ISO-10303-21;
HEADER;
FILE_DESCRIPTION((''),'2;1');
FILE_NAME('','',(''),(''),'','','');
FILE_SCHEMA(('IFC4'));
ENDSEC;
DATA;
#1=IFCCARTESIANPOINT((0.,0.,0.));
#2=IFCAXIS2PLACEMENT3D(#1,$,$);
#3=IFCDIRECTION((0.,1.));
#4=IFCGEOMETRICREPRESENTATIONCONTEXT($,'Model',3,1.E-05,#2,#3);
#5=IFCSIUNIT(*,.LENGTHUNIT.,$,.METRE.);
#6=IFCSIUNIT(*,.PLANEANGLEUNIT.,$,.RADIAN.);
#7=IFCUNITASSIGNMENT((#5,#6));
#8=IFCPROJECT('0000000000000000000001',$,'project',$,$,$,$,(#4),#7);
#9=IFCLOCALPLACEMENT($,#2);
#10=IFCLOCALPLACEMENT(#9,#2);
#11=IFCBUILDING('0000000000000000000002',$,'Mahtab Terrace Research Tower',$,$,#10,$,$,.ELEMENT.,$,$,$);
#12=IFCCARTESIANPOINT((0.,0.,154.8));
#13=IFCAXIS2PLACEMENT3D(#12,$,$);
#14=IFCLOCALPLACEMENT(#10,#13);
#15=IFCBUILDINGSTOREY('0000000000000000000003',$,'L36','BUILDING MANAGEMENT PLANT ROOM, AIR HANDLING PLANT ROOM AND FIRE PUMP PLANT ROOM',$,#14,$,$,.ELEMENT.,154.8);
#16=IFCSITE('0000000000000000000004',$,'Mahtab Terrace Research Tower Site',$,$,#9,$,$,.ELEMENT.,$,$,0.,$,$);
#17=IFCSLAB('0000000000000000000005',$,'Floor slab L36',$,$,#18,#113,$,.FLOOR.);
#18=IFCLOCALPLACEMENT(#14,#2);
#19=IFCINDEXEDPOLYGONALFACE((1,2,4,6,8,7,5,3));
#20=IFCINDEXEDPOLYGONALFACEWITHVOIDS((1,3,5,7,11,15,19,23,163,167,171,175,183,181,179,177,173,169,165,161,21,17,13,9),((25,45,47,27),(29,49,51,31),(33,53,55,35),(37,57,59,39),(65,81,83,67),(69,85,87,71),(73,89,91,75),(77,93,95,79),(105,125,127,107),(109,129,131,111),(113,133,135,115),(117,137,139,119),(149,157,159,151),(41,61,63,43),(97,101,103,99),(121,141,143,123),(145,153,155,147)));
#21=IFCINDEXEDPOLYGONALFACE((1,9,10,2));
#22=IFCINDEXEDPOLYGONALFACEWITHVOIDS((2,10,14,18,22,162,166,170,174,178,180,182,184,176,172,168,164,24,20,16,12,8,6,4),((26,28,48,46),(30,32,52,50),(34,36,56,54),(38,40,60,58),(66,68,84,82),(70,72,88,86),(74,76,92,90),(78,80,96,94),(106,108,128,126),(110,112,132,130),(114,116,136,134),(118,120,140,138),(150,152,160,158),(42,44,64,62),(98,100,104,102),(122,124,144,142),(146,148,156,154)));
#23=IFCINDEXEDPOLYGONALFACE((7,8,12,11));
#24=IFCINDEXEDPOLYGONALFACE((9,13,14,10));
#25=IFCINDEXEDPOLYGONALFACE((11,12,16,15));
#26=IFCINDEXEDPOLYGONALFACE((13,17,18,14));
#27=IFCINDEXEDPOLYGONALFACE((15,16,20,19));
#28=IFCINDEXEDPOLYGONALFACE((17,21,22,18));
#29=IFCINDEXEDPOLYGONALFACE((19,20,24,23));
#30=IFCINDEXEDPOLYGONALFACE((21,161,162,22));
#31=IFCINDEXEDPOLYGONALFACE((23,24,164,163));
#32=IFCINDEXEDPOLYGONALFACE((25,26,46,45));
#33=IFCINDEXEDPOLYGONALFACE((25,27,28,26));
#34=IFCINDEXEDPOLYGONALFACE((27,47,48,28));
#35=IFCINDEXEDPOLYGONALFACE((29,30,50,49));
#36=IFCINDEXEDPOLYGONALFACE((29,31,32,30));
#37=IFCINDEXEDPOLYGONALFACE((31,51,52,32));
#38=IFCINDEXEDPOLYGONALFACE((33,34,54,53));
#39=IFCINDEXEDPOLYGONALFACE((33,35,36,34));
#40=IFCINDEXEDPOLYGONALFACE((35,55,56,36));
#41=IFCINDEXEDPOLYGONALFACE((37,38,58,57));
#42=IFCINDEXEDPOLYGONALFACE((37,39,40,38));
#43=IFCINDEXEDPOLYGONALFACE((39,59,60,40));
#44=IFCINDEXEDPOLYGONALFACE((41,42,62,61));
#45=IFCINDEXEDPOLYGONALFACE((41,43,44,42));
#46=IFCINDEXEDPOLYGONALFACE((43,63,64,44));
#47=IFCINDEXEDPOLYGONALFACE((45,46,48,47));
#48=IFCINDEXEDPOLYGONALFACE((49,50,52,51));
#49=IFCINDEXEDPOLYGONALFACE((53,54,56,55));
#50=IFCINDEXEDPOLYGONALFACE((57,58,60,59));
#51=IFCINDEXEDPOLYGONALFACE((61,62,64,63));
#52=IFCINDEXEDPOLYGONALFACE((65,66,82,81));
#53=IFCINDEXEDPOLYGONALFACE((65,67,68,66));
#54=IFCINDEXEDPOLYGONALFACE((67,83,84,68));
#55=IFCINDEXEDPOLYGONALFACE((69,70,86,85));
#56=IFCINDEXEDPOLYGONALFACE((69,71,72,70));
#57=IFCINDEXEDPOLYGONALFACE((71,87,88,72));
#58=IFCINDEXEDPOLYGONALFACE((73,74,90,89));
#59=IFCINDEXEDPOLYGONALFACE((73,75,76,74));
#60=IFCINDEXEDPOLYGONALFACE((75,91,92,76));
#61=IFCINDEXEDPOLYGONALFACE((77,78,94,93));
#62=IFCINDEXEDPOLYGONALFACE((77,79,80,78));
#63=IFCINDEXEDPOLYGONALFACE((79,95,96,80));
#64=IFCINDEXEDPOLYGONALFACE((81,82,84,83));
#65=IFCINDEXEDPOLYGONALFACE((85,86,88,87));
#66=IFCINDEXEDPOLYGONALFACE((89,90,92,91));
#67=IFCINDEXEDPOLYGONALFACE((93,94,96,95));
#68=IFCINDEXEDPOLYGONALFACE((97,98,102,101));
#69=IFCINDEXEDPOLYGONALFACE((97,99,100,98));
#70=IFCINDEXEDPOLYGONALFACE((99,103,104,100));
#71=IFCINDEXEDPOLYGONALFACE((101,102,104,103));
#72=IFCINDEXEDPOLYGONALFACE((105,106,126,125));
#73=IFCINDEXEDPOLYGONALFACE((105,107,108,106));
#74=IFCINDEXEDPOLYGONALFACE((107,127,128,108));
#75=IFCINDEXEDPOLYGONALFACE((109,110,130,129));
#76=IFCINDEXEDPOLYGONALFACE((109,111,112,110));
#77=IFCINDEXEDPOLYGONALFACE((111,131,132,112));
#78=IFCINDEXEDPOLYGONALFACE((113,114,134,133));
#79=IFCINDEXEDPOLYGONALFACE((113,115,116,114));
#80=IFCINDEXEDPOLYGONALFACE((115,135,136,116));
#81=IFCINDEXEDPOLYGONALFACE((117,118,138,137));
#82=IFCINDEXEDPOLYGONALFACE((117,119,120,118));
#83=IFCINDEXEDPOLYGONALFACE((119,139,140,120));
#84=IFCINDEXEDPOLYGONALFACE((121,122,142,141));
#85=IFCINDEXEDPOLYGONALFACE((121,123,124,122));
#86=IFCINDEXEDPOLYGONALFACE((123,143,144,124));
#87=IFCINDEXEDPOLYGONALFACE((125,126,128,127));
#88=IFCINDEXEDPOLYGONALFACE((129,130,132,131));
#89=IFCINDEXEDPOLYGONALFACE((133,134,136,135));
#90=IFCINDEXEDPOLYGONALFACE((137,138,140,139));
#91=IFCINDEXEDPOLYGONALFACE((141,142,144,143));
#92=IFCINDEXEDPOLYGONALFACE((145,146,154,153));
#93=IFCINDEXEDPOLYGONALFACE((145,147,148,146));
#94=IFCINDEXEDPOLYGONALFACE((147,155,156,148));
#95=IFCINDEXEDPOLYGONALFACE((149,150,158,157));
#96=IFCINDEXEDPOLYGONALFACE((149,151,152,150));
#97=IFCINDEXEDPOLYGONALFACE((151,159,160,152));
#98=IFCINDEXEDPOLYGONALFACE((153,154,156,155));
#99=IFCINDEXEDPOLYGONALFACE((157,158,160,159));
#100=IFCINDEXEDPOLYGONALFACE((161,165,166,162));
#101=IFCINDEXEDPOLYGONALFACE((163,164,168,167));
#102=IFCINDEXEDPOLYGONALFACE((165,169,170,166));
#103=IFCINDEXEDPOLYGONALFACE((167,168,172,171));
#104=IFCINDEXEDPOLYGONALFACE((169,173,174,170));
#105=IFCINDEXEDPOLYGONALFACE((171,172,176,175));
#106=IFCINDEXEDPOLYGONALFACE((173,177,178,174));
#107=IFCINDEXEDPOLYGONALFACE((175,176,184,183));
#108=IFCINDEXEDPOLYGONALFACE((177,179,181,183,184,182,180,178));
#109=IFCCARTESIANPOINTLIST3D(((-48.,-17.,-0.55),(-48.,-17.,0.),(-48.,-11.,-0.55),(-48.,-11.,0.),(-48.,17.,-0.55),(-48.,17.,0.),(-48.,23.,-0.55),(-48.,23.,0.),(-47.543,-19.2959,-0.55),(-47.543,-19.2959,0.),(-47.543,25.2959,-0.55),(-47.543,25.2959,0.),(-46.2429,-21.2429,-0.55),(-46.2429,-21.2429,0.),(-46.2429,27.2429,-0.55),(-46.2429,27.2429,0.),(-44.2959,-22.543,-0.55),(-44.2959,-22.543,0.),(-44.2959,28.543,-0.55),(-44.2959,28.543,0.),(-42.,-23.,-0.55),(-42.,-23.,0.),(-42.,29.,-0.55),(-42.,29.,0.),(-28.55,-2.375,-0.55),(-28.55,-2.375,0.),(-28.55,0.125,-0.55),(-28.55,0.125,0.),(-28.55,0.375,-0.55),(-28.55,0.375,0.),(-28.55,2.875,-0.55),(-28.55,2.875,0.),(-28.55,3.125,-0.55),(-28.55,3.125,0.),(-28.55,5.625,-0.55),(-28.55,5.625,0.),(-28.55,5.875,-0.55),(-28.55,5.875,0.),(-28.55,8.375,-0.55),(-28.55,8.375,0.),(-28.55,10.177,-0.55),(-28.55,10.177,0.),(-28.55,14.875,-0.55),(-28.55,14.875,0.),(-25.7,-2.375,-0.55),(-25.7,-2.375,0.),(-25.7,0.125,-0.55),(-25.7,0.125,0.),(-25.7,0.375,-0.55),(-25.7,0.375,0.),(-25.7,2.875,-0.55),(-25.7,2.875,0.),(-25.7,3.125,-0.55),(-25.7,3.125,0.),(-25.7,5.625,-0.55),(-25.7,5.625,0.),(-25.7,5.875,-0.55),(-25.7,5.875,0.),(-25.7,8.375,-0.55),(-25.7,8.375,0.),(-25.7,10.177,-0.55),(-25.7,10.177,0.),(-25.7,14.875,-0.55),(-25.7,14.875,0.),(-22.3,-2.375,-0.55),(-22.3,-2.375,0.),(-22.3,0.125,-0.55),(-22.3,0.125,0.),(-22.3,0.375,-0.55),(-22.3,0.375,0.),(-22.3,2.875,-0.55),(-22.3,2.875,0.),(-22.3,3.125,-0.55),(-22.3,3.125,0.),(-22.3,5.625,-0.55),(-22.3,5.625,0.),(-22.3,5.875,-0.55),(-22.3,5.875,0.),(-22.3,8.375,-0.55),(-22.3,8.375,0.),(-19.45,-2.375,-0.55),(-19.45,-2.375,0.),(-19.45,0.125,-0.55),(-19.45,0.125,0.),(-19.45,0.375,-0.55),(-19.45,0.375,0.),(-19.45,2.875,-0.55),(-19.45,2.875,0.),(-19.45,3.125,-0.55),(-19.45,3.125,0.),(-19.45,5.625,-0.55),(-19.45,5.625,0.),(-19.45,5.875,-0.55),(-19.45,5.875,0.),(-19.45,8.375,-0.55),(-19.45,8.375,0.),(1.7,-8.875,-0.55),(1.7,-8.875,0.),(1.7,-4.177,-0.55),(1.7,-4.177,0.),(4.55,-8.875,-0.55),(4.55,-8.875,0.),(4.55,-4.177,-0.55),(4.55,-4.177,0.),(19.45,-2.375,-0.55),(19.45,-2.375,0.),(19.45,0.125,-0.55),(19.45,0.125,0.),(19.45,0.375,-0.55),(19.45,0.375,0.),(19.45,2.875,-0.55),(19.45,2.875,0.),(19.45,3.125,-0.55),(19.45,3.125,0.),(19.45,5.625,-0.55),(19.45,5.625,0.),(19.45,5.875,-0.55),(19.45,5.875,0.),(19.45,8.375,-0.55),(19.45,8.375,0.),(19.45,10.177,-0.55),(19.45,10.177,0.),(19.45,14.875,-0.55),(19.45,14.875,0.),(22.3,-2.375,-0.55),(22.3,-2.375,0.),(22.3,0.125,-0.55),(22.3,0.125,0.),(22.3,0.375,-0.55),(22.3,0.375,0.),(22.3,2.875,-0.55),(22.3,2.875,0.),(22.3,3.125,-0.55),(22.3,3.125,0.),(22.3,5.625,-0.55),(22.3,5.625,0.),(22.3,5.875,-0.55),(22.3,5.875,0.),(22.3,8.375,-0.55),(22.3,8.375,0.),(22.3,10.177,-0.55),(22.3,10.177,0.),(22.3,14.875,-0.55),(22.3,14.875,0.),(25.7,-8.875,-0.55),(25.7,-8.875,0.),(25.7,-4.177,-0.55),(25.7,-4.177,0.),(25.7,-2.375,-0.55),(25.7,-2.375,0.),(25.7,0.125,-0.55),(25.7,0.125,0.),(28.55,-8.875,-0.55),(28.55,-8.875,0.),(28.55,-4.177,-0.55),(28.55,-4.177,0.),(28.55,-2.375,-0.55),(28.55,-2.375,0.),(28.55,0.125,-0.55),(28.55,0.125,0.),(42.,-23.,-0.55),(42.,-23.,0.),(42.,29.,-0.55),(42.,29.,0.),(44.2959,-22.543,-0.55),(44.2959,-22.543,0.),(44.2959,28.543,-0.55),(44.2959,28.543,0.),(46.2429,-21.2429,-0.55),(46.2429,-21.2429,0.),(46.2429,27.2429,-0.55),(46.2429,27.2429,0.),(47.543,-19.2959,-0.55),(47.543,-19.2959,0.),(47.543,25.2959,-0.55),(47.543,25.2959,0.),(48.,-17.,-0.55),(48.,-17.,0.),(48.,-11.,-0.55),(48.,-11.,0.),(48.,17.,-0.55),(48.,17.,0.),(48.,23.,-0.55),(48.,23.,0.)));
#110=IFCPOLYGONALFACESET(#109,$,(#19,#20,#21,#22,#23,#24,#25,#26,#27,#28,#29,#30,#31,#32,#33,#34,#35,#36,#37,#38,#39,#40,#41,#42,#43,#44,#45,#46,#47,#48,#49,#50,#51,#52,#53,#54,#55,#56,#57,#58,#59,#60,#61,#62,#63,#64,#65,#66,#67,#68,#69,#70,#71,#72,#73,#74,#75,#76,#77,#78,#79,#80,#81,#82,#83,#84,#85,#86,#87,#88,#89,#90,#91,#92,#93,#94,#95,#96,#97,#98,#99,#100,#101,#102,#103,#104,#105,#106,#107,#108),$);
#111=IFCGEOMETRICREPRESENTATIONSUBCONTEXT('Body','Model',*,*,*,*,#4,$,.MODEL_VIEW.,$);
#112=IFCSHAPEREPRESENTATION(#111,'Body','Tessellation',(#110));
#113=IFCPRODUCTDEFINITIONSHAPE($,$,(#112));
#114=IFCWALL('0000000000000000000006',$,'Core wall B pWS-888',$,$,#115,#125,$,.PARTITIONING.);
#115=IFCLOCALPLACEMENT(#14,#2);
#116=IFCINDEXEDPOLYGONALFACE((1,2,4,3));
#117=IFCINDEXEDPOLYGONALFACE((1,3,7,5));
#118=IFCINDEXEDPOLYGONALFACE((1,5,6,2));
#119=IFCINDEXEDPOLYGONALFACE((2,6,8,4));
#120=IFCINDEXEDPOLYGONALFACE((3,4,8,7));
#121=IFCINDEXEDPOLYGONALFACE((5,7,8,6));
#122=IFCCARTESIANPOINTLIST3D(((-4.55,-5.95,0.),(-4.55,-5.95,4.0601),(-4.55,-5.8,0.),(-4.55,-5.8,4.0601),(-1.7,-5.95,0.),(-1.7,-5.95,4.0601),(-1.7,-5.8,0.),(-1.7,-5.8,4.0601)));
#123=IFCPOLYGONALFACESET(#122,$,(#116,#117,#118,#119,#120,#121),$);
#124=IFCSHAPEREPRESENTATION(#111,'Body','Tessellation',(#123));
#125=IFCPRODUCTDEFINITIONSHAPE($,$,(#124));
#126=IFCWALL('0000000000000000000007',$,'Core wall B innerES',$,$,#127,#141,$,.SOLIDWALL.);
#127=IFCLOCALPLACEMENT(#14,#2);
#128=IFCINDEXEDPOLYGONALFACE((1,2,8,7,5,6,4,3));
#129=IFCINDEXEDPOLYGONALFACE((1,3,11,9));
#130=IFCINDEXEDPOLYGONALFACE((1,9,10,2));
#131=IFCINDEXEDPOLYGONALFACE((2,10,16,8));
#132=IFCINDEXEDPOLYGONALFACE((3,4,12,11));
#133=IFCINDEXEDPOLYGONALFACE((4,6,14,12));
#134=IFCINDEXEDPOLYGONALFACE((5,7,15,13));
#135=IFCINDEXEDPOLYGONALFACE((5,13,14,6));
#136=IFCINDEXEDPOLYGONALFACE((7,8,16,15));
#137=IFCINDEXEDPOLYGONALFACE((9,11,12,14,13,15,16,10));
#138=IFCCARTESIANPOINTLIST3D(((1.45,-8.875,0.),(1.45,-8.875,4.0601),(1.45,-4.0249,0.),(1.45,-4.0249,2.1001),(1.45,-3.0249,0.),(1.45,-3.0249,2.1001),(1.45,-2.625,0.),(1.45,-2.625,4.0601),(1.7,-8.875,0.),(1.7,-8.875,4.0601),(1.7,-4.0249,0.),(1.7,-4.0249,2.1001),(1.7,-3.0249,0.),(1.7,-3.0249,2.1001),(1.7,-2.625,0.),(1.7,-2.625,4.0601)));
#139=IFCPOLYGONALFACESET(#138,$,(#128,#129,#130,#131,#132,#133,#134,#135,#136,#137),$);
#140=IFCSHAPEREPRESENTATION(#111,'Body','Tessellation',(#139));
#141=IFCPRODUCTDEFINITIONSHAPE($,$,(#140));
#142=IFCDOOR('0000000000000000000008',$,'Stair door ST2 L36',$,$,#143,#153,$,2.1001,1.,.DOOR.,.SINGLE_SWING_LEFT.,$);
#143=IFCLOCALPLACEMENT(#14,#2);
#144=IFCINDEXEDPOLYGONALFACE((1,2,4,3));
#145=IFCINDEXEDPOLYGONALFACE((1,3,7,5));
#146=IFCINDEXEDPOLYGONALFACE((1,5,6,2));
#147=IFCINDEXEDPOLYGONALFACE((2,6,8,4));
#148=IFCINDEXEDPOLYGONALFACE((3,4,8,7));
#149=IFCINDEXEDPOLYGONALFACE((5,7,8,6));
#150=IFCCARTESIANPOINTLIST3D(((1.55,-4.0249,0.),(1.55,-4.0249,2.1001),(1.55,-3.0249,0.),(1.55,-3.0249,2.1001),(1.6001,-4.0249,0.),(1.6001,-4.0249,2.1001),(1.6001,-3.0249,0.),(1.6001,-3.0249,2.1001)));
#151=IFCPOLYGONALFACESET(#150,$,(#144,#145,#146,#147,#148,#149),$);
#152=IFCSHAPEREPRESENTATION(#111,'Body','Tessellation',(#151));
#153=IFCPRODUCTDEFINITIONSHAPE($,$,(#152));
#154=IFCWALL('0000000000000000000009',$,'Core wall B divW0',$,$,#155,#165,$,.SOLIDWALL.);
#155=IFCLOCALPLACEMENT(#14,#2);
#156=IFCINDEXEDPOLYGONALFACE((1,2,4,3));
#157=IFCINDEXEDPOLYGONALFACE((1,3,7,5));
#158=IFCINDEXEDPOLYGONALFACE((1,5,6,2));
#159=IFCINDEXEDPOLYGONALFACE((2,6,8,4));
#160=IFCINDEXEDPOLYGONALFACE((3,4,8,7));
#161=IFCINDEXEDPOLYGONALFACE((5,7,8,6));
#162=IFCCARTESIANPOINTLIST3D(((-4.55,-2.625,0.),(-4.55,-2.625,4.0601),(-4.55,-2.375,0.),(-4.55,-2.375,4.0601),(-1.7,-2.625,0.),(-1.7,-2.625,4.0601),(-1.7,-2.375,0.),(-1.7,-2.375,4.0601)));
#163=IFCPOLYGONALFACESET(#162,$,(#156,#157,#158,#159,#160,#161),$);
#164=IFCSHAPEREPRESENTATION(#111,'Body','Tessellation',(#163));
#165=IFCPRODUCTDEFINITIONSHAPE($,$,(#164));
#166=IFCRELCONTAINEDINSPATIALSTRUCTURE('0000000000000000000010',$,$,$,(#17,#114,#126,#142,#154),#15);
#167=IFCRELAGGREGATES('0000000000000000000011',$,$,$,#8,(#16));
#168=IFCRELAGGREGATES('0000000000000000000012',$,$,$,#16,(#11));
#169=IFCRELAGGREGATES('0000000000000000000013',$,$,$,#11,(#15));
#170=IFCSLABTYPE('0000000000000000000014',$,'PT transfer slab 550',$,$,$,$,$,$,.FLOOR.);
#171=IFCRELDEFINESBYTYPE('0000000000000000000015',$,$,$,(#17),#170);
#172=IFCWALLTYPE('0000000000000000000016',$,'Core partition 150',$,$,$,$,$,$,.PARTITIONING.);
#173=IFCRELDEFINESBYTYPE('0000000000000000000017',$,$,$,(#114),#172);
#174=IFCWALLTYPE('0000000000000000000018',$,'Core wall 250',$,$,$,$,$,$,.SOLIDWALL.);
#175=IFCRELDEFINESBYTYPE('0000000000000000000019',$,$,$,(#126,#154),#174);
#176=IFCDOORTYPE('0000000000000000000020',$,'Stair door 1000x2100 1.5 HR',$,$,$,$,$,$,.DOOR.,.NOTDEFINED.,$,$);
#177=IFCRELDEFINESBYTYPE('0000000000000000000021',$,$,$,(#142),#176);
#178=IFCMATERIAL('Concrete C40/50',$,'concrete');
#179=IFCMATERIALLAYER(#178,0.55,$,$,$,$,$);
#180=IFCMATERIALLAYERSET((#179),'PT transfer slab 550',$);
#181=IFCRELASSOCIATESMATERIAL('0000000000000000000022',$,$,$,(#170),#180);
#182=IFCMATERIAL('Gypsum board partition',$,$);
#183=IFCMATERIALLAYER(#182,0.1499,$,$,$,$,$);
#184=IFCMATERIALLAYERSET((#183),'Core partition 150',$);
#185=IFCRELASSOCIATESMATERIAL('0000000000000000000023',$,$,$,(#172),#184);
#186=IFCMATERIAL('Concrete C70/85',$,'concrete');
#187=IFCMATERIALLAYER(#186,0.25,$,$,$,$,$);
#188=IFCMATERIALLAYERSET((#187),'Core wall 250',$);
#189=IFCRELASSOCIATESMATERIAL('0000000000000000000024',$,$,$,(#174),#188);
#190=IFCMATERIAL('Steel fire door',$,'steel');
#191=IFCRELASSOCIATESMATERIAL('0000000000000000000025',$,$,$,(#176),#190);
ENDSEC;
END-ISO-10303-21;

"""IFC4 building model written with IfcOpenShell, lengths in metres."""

from ifc_helpers import new_model, si_unit, direction, frame, frame_2d, origin, place, context, subcontext, project, spatial, polyline, rectangle, outline, extrude, material, layer, layer_set, type_object, element, fill, save


model = new_model("IFC4")

# Units and contexts
model_context = context("Model", 3, precision=1e-05, world=origin(), true_north=direction((0.0, 1.0)))
body_context = subcontext(model_context, "Body", "Model", "MODEL_VIEW")
ifc_project = project(units=[si_unit("LENGTHUNIT", "METRE"), si_unit("PLANEANGLEUNIT", "RADIAN")], contexts=[model_context])

# Site, building, storey
site_placement = place(None, origin())
site = spatial("IfcSite", under=ifc_project, at=site_placement, Name="Mahtab Terrace Research Tower Site", CompositionType="ELEMENT", RefElevation=0.0)
building_placement = place(site_placement, origin())
building = spatial("IfcBuilding", under=site, at=building_placement, Name="Mahtab Terrace Research Tower", CompositionType="ELEMENT")
storey_placement = place(building_placement, frame((0.0, 0.0, 154.8)))
storey = spatial("IfcBuildingStorey", under=building, at=storey_placement, Name="L36", Description="BUILDING MANAGEMENT PLANT ROOM, AIR HANDLING PLANT ROOM AND FIRE PUMP PLANT ROOM", CompositionType="ELEMENT", Elevation=154.8)

# Shared definitions
ifc_material_1 = material(Name="Concrete C70/85", Category="concrete")

# Shared definitions
ifc_material_2 = material(Name="Concrete C40/50", Category="concrete")

# Slab
ifc_layer_1 = layer(ifc_material_2, 0.55)
ifc_layer_set_1 = layer_set([ifc_layer_1], Name="PT transfer slab 550")
slab_type_1 = type_object("IfcSlabType", Name="PT transfer slab 550", PredefinedType="FLOOR", material=ifc_layer_set_1)
slab_1_placement = place(storey_placement, frame((0.0, 0.0, -0.55)))
element("IfcSlab", 1, at=slab_1_placement, inside=storey, type_object=slab_type_1, Name="Floor slab L36", PredefinedType="FLOOR", context=body_context, shape_type="SweptSolid", body=[
    extrude(outline(polyline([(48.0, 17.0), (48.0, 23.0), (47.543, 25.2959), (46.2429, 27.2429), (44.2959, 28.543), (42.0, 29.0), (-42.0, 29.0), (-44.2959, 28.543), (-46.2429, 27.2429), (-47.543, 25.2959), (-48.0, 23.0), (-48.0, 17.0), (-48.0, -11.0), (-48.0, -17.0), (-47.543, -19.2959), (-46.2429, -21.2429), (-44.2959, -22.543), (-42.0, -23.0), (42.0, -23.0), (44.2959, -22.543), (46.2429, -21.2429), (47.543, -19.2959), (48.0, -17.0), (48.0, -11.0), (48.0, 17.0)]), holes=[polyline([(-28.55, -2.375), (-28.55, 0.125), (-25.7, 0.125), (-25.7, -2.375), (-28.55, -2.375)]), polyline([(-22.3, -2.375), (-22.3, 0.125), (-19.45, 0.125), (-19.45, -2.375), (-22.3, -2.375)]), polyline([(-28.55, 0.375), (-28.55, 2.875), (-25.7, 2.875), (-25.7, 0.375), (-28.55, 0.375)]), polyline([(-22.3, 0.375), (-22.3, 2.875), (-19.45, 2.875), (-19.45, 0.375), (-22.3, 0.375)]), polyline([(-28.55, 3.125), (-28.55, 5.625), (-25.7, 5.625), (-25.7, 3.125), (-28.55, 3.125)]), polyline([(-22.3, 3.125), (-22.3, 5.625), (-19.45, 5.625), (-19.45, 3.125), (-22.3, 3.125)]), polyline([(-28.55, 5.875), (-28.55, 8.375), (-25.7, 8.375), (-25.7, 5.875), (-28.55, 5.875)]), polyline([(-22.3, 5.875), (-22.3, 8.375), (-19.45, 8.375), (-19.45, 5.875), (-22.3, 5.875)]), polyline([(-28.55, 10.177), (-28.55, 14.875), (-25.7, 14.875), (-25.7, 10.177), (-28.55, 10.177)]), polyline([(1.7, -8.875), (1.7, -4.177), (4.55, -4.177), (4.55, -8.875), (1.7, -8.875)]), polyline([(25.7, -8.875), (25.7, -4.177), (28.55, -4.177), (28.55, -8.875), (25.7, -8.875)]), polyline([(19.45, -2.375), (19.45, 0.125), (22.3, 0.125), (22.3, -2.375), (19.45, -2.375)]), polyline([(25.7, -2.375), (25.7, 0.125), (28.55, 0.125), (28.55, -2.375), (25.7, -2.375)]), polyline([(19.45, 0.375), (19.45, 2.875), (22.3, 2.875), (22.3, 0.375), (19.45, 0.375)]), polyline([(19.45, 3.125), (19.45, 5.625), (22.3, 5.625), (22.3, 3.125), (19.45, 3.125)]), polyline([(19.45, 8.375), (22.3, 8.375), (22.3, 5.875), (19.45, 5.875), (19.45, 8.375)]), polyline([(19.45, 14.875), (22.3, 14.875), (22.3, 10.177), (19.45, 10.177), (19.45, 14.875)])]), origin(), (0.0, 0.0, 1.0), 0.55),
])

# Wall
ifc_material_3 = material(Name="Gypsum board partition")
ifc_layer_2 = layer(ifc_material_3, 0.1499)
ifc_layer_set_2 = layer_set([ifc_layer_2], Name="Core partition 150")
wall_type_1 = type_object("IfcWallType", Name="Core partition 150", PredefinedType="PARTITIONING", material=ifc_layer_set_2)
wall_1_placement = place(storey_placement, frame((-4.55, -5.875, 0.0), z_axis=(0.0, 0.0, 1.0), x_axis=(1.0, 0.0, 0.0)))
element("IfcWall", 2, at=wall_1_placement, inside=storey, type_object=wall_type_1, Name="Core wall B pWS-888", PredefinedType="PARTITIONING", context=body_context, shape_type="SweptSolid", body=[
    extrude(rectangle(XDim=2.8501, YDim=0.1499, at=frame_2d((1.425, 0.0))), origin(), (0.0, 0.0, 1.0), 4.0601),
])

# Shared definitions
ifc_layer_3 = layer(ifc_material_1, 0.25)
ifc_layer_set_3 = layer_set([ifc_layer_3], Name="Core wall 250")
wall_type_2 = type_object("IfcWallType", Name="Core wall 250", PredefinedType="SOLIDWALL", material=ifc_layer_set_3)
ifc_material_4 = material(Name="Steel fire door", Category="steel")

# Wall, opening, door
wall_2_placement = place(storey_placement, frame((1.575, -8.875, 0.0), z_axis=(0.0, 0.0, 1.0), x_axis=(0.0, 1.0, 0.0)))
wall_2 = element("IfcWall", 3, at=wall_2_placement, inside=storey, type_object=wall_type_2, Name="Core wall B innerES", PredefinedType="SOLIDWALL", context=body_context, shape_type="SweptSolid", body=[
    extrude(rectangle(XDim=6.25, YDim=0.25, at=frame_2d((3.125, 0.0))), origin(), (0.0, 0.0, 1.0), 4.0601),
])
opening_1_placement = place(wall_2_placement, frame((4.8501, 0.0, 0.0)))
opening_1 = element("IfcOpeningElement", 4, at=opening_1_placement, cuts=wall_2, PredefinedType="OPENING", context=body_context, shape_type="SweptSolid", body=[
    extrude(rectangle(XDim=1.0, YDim=2.1001, at=frame_2d((0.5, 1.05))), frame((0.0, 0.135, 0.0), z_axis=(0.0, -1.0, 0.0), x_axis=(1.0, 0.0, 0.0)), (0.0, 0.0, 1.0), 0.27),
])
door_type_1 = type_object("IfcDoorType", Name="Stair door 1000x2100 1.5 HR", OperationType="NOTDEFINED", PredefinedType="DOOR", material=ifc_material_4)
door_1_placement = place(opening_1_placement, origin())
door_1 = element("IfcDoor", 5, at=door_1_placement, inside=storey, type_object=door_type_1, Name="Stair door ST2 L36", OperationType="SINGLE_SWING_LEFT", OverallHeight=2.1001, OverallWidth=1.0, PredefinedType="DOOR", context=body_context, shape_type="SweptSolid", body=[
    extrude(rectangle(XDim=1.0, YDim=2.1001, at=frame_2d((0.5, 1.05))), frame((0.0, 0.0249, 0.0), z_axis=(0.0, -1.0, 0.0), x_axis=(1.0, 0.0, 0.0)), (0.0, 0.0, 1.0), 0.05),
])
fill(opening_1, door_1)

# Wall
for number, where, z_axis, x_axis, name in (
    (6, (-4.55, -2.5, 0.0), (0.0, 0.0, 1.0), (1.0, 0.0, 0.0), "Core wall B divW0"),
):
    element("IfcWall", number, at=place(storey_placement, frame(where, z_axis=z_axis, x_axis=x_axis)), inside=storey, type_object=wall_type_2, Name=name, PredefinedType="SOLIDWALL", context=body_context, shape_type="SweptSolid", body=[
        extrude(rectangle(XDim=2.8501, YDim=0.25, at=frame_2d((1.425, 0.0))), origin(), (0.0, 0.0, 1.0), 4.0601),
    ])

save(model, "model.ifc")
